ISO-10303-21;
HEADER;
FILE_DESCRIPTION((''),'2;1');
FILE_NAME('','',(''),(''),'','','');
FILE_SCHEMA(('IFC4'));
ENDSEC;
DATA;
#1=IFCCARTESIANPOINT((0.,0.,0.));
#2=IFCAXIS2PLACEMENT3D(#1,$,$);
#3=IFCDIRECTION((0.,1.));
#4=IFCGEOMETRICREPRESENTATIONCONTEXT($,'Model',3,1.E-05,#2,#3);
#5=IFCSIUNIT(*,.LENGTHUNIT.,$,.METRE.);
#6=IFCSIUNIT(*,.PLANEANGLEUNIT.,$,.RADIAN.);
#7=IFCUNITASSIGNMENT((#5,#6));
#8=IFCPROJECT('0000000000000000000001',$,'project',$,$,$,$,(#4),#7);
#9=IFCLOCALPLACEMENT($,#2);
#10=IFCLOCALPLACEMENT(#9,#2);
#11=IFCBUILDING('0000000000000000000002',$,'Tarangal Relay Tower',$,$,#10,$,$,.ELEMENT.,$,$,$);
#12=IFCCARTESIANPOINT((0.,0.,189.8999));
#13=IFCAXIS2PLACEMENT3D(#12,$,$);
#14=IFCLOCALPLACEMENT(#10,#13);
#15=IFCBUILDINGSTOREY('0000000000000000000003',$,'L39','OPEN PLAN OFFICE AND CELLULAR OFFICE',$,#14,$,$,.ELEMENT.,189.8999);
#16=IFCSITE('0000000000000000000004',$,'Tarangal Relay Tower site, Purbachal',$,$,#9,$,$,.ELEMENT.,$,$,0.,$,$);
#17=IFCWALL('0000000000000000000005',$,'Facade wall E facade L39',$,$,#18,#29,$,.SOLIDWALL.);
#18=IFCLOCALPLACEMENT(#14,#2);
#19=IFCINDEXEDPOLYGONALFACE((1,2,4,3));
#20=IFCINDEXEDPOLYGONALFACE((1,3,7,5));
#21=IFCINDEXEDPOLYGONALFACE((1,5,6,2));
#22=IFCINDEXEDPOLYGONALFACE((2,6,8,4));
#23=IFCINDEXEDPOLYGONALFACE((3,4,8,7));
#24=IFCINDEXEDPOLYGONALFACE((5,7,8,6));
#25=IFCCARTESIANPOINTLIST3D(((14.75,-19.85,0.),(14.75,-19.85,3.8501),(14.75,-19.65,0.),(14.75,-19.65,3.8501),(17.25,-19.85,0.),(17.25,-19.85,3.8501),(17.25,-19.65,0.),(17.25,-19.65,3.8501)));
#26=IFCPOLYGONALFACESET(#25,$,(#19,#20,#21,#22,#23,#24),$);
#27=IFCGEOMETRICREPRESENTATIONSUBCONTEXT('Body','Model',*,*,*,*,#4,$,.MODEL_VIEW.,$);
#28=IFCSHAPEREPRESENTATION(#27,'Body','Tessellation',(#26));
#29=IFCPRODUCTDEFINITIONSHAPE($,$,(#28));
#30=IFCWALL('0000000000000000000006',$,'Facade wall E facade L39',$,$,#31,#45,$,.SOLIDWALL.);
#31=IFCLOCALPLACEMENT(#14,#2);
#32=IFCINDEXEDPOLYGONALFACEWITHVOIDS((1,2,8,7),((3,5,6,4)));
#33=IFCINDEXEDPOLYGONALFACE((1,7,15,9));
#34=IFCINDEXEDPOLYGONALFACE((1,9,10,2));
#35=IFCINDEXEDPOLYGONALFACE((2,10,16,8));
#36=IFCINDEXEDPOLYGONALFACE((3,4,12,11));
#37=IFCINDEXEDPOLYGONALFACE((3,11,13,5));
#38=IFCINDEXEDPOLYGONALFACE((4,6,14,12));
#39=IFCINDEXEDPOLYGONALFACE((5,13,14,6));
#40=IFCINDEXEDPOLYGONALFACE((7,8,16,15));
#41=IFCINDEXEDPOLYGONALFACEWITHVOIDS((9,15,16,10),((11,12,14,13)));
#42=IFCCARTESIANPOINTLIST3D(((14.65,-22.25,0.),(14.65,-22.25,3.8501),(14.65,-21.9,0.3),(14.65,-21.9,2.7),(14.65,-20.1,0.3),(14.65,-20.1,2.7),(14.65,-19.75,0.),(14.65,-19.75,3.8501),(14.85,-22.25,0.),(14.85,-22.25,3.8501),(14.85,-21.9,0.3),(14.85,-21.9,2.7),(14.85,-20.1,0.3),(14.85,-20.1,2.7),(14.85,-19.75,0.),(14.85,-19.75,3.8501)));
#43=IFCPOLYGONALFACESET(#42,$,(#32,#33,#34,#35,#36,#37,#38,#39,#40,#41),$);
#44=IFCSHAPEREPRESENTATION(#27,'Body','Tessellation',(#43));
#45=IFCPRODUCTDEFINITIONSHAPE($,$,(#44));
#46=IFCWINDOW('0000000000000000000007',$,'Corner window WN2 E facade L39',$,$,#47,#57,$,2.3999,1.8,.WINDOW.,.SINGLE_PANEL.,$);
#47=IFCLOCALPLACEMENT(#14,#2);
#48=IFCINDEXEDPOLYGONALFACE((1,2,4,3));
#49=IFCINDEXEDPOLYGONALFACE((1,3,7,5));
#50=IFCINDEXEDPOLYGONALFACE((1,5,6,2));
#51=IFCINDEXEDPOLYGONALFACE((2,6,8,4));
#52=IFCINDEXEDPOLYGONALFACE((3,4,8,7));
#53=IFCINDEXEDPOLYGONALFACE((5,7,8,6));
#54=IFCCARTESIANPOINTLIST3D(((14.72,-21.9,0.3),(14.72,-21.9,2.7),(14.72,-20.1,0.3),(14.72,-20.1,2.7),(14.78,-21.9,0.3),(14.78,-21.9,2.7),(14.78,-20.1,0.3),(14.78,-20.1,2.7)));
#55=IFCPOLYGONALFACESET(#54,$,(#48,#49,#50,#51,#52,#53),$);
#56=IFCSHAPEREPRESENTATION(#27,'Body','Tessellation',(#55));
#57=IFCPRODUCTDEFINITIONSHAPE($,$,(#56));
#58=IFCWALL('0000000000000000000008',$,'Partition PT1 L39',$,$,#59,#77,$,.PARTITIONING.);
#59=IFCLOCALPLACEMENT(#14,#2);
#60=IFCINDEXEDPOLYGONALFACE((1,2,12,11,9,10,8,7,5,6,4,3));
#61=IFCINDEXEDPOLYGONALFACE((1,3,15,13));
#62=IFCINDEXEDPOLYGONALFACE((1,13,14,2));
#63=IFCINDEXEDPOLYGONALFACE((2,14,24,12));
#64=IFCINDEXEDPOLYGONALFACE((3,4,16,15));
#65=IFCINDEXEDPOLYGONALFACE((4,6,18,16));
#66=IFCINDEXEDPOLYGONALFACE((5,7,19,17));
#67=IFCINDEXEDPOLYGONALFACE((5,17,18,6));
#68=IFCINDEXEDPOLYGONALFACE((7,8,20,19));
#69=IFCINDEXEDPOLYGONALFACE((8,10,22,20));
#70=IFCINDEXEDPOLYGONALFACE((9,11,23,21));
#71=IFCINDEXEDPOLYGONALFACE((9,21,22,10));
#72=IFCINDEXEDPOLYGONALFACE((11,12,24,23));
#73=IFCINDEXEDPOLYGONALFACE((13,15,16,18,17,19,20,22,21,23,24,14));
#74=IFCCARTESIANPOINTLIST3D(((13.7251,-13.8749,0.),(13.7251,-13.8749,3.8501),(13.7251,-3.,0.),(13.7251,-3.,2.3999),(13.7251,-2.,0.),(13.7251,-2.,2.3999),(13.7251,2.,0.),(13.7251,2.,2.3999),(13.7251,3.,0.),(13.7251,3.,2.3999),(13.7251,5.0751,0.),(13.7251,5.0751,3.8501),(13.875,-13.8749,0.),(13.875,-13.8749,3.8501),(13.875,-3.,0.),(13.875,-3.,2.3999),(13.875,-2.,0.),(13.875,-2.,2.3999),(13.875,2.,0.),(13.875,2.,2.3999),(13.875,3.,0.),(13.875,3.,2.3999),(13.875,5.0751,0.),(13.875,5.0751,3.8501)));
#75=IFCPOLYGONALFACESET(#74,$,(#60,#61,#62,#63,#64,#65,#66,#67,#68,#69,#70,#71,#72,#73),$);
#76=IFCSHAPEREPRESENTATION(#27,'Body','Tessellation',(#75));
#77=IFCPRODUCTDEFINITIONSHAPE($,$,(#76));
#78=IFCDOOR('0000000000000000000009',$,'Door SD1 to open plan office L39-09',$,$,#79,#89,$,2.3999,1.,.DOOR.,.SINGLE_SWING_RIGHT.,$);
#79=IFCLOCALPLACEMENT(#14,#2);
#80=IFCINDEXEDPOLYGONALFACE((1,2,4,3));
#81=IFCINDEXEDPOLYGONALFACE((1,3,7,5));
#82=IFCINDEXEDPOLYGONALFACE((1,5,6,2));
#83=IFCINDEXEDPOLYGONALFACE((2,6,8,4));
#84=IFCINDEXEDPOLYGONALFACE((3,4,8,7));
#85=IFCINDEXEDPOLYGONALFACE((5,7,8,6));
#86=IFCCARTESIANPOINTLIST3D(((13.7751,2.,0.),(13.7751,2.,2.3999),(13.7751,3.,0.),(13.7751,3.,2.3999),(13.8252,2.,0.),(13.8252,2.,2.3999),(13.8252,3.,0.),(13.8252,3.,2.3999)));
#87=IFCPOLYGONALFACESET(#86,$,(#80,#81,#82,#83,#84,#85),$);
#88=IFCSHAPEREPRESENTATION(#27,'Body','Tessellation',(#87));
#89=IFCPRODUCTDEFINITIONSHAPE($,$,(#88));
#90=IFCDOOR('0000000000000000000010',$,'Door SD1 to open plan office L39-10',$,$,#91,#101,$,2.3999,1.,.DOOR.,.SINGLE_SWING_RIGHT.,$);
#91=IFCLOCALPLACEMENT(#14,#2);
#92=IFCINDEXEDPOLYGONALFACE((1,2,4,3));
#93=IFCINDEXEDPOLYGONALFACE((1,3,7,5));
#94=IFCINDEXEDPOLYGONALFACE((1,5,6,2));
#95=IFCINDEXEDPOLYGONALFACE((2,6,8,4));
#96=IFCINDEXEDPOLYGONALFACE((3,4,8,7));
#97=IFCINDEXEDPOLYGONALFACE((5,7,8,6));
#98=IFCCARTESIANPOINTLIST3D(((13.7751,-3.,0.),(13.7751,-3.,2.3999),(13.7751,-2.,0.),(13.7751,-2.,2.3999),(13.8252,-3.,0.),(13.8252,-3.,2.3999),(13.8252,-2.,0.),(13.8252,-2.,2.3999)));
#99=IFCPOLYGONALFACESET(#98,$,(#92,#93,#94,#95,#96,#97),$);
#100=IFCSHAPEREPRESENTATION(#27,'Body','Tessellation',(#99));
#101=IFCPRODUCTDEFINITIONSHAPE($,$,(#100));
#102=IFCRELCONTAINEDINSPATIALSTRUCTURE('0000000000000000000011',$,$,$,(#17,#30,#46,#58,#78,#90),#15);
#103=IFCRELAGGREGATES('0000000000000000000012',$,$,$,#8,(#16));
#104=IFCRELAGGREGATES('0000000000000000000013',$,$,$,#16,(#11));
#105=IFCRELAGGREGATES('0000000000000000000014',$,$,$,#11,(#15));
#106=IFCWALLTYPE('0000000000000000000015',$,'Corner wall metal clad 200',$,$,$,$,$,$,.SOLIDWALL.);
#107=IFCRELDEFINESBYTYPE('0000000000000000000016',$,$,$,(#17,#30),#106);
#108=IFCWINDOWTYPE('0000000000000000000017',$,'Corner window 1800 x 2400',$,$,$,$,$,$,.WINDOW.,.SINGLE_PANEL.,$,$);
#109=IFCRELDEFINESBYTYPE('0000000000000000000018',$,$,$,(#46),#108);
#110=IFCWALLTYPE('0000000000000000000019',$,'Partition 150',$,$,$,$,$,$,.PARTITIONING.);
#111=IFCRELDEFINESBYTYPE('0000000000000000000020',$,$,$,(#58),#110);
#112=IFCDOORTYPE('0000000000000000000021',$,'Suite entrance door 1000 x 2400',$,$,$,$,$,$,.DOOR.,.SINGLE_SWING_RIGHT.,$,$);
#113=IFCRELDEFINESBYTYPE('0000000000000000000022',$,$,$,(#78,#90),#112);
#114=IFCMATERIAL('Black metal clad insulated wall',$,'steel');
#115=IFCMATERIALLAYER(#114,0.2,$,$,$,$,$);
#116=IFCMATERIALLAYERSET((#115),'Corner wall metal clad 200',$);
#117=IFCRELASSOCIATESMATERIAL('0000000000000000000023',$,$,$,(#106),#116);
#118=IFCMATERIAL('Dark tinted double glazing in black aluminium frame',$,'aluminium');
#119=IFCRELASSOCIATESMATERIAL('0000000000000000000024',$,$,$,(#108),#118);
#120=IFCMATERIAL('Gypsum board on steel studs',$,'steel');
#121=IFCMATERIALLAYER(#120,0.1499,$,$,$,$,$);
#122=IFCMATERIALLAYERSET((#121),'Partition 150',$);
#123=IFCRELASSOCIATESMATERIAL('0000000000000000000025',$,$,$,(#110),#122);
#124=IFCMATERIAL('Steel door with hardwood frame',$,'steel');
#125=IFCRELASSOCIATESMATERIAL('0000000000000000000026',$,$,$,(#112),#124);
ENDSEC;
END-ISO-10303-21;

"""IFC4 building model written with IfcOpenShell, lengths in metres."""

from ifc_helpers import new_model, si_unit, direction, frame, frame_2d, origin, place, context, subcontext, project, spatial, rectangle, extrude, material, layer, layer_set, type_object, element, fill, save


model = new_model("IFC4")

# Units and contexts
model_context = context("Model", 3, precision=1e-05, world=origin(), true_north=direction((0.0, 1.0)))
body_context = subcontext(model_context, "Body", "Model", "MODEL_VIEW")
ifc_project = project(units=[si_unit("LENGTHUNIT", "METRE"), si_unit("PLANEANGLEUNIT", "RADIAN")], contexts=[model_context])

# Site, building, storey
site_placement = place(None, origin())
site = spatial("IfcSite", under=ifc_project, at=site_placement, Name="Tarangal Relay Tower site, Purbachal", CompositionType="ELEMENT", RefElevation=0.0)
building_placement = place(site_placement, origin())
building = spatial("IfcBuilding", under=site, at=building_placement, Name="Tarangal Relay Tower", CompositionType="ELEMENT")
storey_placement = place(building_placement, frame((0.0, 0.0, 189.8999)))
storey = spatial("IfcBuildingStorey", under=building, at=storey_placement, Name="L39", Description="OPEN PLAN OFFICE AND CELLULAR OFFICE", CompositionType="ELEMENT", Elevation=189.8999)

# Shared definitions
ifc_material_1 = material(Name="Black metal clad insulated wall", Category="steel")
ifc_layer_1 = layer(ifc_material_1, 0.2)
ifc_layer_set_1 = layer_set([ifc_layer_1], Name="Corner wall metal clad 200")
wall_type_1 = type_object("IfcWallType", Name="Corner wall metal clad 200", PredefinedType="SOLIDWALL", material=ifc_layer_set_1)

# Shared definitions
ifc_material_2 = material(Name="Dark tinted double glazing in black aluminium frame", Category="aluminium")
window_type = type_object("IfcWindowType", Name="Corner window 1800 x 2400", PartitioningType="SINGLE_PANEL", PredefinedType="WINDOW", material=ifc_material_2)

# Wall
wall_1_placement = place(storey_placement, frame((17.25, -19.75, 0.0), z_axis=(0.0, 0.0, 1.0), x_axis=(-1.0, 0.0, 0.0)))
element("IfcWall", 1, at=wall_1_placement, inside=storey, type_object=wall_type_1, Name="Facade wall E facade L39", PredefinedType="SOLIDWALL", context=body_context, shape_type="SweptSolid", body=[
    extrude(rectangle(XDim=2.5, YDim=0.2, at=frame_2d((1.25, 0.0))), origin(), (0.0, 0.0, 1.0), 3.8501),
])

# Wall, opening, window
wall_2_placement = place(storey_placement, frame((14.75, -19.75, 0.0), z_axis=(0.0, 0.0, 1.0), x_axis=(0.0, -1.0, 0.0)))
wall_2 = element("IfcWall", 2, at=wall_2_placement, inside=storey, type_object=wall_type_1, Name="Facade wall E facade L39", PredefinedType="SOLIDWALL", context=body_context, shape_type="SweptSolid", body=[
    extrude(rectangle(XDim=2.5, YDim=0.2, at=frame_2d((1.25, 0.0))), origin(), (0.0, 0.0, 1.0), 3.8501),
])
opening_1_placement = place(wall_2_placement, frame((0.3501, 0.0, 0.3)))
opening_1 = element("IfcOpeningElement", 3, at=opening_1_placement, cuts=wall_2, PredefinedType="OPENING", context=body_context, shape_type="SweptSolid", body=[
    extrude(rectangle(XDim=1.8, YDim=2.3999, at=frame_2d((0.8999, 1.2))), frame((0.0, 0.1099, 0.0), z_axis=(0.0, -1.0, 0.0), x_axis=(1.0, 0.0, 0.0)), (0.0, 0.0, 1.0), 0.22),
])
window_1_placement = place(opening_1_placement, origin())
window_1 = element("IfcWindow", 4, at=window_1_placement, inside=storey, type_object=window_type, Name="Corner window WN2 E facade L39", OverallHeight=2.3999, OverallWidth=1.8, PartitioningType="SINGLE_PANEL", PredefinedType="WINDOW", context=body_context, shape_type="SweptSolid", body=[
    extrude(rectangle(XDim=1.8, YDim=2.3999, at=frame_2d((0.8999, 1.2))), frame((0.0, 0.03, 0.0), z_axis=(0.0, -1.0, 0.0), x_axis=(1.0, 0.0, 0.0)), (0.0, 0.0, 1.0), 0.0601),
])
fill(opening_1, window_1)

# Wall, openings, doors
ifc_material_3 = material(Name="Gypsum board on steel studs", Category="steel")
ifc_layer_2 = layer(ifc_material_3, 0.1499)
ifc_layer_set_2 = layer_set([ifc_layer_2], Name="Partition 150")
wall_type_2 = type_object("IfcWallType", Name="Partition 150", PredefinedType="PARTITIONING", material=ifc_layer_set_2)
wall_3_placement = place(storey_placement, frame((13.8, -13.875, 0.0), z_axis=(0.0, 0.0, 1.0), x_axis=(0.0, 1.0, 0.0)))
wall_3 = element("IfcWall", 5, at=wall_3_placement, inside=storey, type_object=wall_type_2, Name="Partition PT1 L39", PredefinedType="PARTITIONING", context=body_context, shape_type="SweptSolid", body=[
    extrude(rectangle(XDim=18.95, YDim=0.1499, at=frame_2d((9.4751, 0.0))), origin(), (0.0, 0.0, 1.0), 3.8501),
])
opening_2_placement = place(wall_3_placement, frame((15.875, 0.0, 0.0)))
opening_2 = element("IfcOpeningElement", 6, at=opening_2_placement, cuts=wall_3, PredefinedType="OPENING", context=body_context, shape_type="SweptSolid", body=[
    extrude(rectangle(XDim=1.0, YDim=2.3999, at=frame_2d((0.5, 1.2))), frame((0.0, 0.085, 0.0), z_axis=(0.0, -1.0, 0.0), x_axis=(1.0, 0.0, 0.0)), (0.0, 0.0, 1.0), 0.1699),
])
opening_3_placement = place(wall_3_placement, frame((10.875, 0.0, 0.0)))
opening_3 = element("IfcOpeningElement", 7, at=opening_3_placement, cuts=wall_3, PredefinedType="OPENING", context=body_context, shape_type="SweptSolid", body=[
    extrude(rectangle(XDim=1.0, YDim=2.3999, at=frame_2d((0.5, 1.2))), frame((0.0, 0.085, 0.0), z_axis=(0.0, -1.0, 0.0), x_axis=(1.0, 0.0, 0.0)), (0.0, 0.0, 1.0), 0.1699),
])
ifc_material_4 = material(Name="Steel door with hardwood frame", Category="steel")
door_type_1 = type_object("IfcDoorType", Name="Suite entrance door 1000 x 2400", OperationType="SINGLE_SWING_RIGHT", PredefinedType="DOOR", material=ifc_material_4)
door_1_placement = place(opening_2_placement, origin())
door_1 = element("IfcDoor", 8, at=door_1_placement, inside=storey, type_object=door_type_1, Name="Door SD1 to open plan office L39-09", OperationType="SINGLE_SWING_RIGHT", OverallHeight=2.3999, OverallWidth=1.0, PredefinedType="DOOR", context=body_context, shape_type="SweptSolid", body=[
    extrude(rectangle(XDim=1.0, YDim=2.3999, at=frame_2d((0.5, 1.2))), frame((0.0, 0.0249, 0.0), z_axis=(0.0, -1.0, 0.0), x_axis=(1.0, 0.0, 0.0)), (0.0, 0.0, 1.0), 0.05),
])
fill(opening_2, door_1)
door_2_placement = place(opening_3_placement, origin())
door_2 = element("IfcDoor", 9, at=door_2_placement, inside=storey, type_object=door_type_1, Name="Door SD1 to open plan office L39-10", OperationType="SINGLE_SWING_RIGHT", OverallHeight=2.3999, OverallWidth=1.0, PredefinedType="DOOR", context=body_context, shape_type="SweptSolid", body=[
    extrude(rectangle(XDim=1.0, YDim=2.3999, at=frame_2d((0.5, 1.2))), frame((0.0, 0.0249, 0.0), z_axis=(0.0, -1.0, 0.0), x_axis=(1.0, 0.0, 0.0)), (0.0, 0.0, 1.0), 0.05),
])
fill(opening_3, door_2)

save(model, "model.ifc")
